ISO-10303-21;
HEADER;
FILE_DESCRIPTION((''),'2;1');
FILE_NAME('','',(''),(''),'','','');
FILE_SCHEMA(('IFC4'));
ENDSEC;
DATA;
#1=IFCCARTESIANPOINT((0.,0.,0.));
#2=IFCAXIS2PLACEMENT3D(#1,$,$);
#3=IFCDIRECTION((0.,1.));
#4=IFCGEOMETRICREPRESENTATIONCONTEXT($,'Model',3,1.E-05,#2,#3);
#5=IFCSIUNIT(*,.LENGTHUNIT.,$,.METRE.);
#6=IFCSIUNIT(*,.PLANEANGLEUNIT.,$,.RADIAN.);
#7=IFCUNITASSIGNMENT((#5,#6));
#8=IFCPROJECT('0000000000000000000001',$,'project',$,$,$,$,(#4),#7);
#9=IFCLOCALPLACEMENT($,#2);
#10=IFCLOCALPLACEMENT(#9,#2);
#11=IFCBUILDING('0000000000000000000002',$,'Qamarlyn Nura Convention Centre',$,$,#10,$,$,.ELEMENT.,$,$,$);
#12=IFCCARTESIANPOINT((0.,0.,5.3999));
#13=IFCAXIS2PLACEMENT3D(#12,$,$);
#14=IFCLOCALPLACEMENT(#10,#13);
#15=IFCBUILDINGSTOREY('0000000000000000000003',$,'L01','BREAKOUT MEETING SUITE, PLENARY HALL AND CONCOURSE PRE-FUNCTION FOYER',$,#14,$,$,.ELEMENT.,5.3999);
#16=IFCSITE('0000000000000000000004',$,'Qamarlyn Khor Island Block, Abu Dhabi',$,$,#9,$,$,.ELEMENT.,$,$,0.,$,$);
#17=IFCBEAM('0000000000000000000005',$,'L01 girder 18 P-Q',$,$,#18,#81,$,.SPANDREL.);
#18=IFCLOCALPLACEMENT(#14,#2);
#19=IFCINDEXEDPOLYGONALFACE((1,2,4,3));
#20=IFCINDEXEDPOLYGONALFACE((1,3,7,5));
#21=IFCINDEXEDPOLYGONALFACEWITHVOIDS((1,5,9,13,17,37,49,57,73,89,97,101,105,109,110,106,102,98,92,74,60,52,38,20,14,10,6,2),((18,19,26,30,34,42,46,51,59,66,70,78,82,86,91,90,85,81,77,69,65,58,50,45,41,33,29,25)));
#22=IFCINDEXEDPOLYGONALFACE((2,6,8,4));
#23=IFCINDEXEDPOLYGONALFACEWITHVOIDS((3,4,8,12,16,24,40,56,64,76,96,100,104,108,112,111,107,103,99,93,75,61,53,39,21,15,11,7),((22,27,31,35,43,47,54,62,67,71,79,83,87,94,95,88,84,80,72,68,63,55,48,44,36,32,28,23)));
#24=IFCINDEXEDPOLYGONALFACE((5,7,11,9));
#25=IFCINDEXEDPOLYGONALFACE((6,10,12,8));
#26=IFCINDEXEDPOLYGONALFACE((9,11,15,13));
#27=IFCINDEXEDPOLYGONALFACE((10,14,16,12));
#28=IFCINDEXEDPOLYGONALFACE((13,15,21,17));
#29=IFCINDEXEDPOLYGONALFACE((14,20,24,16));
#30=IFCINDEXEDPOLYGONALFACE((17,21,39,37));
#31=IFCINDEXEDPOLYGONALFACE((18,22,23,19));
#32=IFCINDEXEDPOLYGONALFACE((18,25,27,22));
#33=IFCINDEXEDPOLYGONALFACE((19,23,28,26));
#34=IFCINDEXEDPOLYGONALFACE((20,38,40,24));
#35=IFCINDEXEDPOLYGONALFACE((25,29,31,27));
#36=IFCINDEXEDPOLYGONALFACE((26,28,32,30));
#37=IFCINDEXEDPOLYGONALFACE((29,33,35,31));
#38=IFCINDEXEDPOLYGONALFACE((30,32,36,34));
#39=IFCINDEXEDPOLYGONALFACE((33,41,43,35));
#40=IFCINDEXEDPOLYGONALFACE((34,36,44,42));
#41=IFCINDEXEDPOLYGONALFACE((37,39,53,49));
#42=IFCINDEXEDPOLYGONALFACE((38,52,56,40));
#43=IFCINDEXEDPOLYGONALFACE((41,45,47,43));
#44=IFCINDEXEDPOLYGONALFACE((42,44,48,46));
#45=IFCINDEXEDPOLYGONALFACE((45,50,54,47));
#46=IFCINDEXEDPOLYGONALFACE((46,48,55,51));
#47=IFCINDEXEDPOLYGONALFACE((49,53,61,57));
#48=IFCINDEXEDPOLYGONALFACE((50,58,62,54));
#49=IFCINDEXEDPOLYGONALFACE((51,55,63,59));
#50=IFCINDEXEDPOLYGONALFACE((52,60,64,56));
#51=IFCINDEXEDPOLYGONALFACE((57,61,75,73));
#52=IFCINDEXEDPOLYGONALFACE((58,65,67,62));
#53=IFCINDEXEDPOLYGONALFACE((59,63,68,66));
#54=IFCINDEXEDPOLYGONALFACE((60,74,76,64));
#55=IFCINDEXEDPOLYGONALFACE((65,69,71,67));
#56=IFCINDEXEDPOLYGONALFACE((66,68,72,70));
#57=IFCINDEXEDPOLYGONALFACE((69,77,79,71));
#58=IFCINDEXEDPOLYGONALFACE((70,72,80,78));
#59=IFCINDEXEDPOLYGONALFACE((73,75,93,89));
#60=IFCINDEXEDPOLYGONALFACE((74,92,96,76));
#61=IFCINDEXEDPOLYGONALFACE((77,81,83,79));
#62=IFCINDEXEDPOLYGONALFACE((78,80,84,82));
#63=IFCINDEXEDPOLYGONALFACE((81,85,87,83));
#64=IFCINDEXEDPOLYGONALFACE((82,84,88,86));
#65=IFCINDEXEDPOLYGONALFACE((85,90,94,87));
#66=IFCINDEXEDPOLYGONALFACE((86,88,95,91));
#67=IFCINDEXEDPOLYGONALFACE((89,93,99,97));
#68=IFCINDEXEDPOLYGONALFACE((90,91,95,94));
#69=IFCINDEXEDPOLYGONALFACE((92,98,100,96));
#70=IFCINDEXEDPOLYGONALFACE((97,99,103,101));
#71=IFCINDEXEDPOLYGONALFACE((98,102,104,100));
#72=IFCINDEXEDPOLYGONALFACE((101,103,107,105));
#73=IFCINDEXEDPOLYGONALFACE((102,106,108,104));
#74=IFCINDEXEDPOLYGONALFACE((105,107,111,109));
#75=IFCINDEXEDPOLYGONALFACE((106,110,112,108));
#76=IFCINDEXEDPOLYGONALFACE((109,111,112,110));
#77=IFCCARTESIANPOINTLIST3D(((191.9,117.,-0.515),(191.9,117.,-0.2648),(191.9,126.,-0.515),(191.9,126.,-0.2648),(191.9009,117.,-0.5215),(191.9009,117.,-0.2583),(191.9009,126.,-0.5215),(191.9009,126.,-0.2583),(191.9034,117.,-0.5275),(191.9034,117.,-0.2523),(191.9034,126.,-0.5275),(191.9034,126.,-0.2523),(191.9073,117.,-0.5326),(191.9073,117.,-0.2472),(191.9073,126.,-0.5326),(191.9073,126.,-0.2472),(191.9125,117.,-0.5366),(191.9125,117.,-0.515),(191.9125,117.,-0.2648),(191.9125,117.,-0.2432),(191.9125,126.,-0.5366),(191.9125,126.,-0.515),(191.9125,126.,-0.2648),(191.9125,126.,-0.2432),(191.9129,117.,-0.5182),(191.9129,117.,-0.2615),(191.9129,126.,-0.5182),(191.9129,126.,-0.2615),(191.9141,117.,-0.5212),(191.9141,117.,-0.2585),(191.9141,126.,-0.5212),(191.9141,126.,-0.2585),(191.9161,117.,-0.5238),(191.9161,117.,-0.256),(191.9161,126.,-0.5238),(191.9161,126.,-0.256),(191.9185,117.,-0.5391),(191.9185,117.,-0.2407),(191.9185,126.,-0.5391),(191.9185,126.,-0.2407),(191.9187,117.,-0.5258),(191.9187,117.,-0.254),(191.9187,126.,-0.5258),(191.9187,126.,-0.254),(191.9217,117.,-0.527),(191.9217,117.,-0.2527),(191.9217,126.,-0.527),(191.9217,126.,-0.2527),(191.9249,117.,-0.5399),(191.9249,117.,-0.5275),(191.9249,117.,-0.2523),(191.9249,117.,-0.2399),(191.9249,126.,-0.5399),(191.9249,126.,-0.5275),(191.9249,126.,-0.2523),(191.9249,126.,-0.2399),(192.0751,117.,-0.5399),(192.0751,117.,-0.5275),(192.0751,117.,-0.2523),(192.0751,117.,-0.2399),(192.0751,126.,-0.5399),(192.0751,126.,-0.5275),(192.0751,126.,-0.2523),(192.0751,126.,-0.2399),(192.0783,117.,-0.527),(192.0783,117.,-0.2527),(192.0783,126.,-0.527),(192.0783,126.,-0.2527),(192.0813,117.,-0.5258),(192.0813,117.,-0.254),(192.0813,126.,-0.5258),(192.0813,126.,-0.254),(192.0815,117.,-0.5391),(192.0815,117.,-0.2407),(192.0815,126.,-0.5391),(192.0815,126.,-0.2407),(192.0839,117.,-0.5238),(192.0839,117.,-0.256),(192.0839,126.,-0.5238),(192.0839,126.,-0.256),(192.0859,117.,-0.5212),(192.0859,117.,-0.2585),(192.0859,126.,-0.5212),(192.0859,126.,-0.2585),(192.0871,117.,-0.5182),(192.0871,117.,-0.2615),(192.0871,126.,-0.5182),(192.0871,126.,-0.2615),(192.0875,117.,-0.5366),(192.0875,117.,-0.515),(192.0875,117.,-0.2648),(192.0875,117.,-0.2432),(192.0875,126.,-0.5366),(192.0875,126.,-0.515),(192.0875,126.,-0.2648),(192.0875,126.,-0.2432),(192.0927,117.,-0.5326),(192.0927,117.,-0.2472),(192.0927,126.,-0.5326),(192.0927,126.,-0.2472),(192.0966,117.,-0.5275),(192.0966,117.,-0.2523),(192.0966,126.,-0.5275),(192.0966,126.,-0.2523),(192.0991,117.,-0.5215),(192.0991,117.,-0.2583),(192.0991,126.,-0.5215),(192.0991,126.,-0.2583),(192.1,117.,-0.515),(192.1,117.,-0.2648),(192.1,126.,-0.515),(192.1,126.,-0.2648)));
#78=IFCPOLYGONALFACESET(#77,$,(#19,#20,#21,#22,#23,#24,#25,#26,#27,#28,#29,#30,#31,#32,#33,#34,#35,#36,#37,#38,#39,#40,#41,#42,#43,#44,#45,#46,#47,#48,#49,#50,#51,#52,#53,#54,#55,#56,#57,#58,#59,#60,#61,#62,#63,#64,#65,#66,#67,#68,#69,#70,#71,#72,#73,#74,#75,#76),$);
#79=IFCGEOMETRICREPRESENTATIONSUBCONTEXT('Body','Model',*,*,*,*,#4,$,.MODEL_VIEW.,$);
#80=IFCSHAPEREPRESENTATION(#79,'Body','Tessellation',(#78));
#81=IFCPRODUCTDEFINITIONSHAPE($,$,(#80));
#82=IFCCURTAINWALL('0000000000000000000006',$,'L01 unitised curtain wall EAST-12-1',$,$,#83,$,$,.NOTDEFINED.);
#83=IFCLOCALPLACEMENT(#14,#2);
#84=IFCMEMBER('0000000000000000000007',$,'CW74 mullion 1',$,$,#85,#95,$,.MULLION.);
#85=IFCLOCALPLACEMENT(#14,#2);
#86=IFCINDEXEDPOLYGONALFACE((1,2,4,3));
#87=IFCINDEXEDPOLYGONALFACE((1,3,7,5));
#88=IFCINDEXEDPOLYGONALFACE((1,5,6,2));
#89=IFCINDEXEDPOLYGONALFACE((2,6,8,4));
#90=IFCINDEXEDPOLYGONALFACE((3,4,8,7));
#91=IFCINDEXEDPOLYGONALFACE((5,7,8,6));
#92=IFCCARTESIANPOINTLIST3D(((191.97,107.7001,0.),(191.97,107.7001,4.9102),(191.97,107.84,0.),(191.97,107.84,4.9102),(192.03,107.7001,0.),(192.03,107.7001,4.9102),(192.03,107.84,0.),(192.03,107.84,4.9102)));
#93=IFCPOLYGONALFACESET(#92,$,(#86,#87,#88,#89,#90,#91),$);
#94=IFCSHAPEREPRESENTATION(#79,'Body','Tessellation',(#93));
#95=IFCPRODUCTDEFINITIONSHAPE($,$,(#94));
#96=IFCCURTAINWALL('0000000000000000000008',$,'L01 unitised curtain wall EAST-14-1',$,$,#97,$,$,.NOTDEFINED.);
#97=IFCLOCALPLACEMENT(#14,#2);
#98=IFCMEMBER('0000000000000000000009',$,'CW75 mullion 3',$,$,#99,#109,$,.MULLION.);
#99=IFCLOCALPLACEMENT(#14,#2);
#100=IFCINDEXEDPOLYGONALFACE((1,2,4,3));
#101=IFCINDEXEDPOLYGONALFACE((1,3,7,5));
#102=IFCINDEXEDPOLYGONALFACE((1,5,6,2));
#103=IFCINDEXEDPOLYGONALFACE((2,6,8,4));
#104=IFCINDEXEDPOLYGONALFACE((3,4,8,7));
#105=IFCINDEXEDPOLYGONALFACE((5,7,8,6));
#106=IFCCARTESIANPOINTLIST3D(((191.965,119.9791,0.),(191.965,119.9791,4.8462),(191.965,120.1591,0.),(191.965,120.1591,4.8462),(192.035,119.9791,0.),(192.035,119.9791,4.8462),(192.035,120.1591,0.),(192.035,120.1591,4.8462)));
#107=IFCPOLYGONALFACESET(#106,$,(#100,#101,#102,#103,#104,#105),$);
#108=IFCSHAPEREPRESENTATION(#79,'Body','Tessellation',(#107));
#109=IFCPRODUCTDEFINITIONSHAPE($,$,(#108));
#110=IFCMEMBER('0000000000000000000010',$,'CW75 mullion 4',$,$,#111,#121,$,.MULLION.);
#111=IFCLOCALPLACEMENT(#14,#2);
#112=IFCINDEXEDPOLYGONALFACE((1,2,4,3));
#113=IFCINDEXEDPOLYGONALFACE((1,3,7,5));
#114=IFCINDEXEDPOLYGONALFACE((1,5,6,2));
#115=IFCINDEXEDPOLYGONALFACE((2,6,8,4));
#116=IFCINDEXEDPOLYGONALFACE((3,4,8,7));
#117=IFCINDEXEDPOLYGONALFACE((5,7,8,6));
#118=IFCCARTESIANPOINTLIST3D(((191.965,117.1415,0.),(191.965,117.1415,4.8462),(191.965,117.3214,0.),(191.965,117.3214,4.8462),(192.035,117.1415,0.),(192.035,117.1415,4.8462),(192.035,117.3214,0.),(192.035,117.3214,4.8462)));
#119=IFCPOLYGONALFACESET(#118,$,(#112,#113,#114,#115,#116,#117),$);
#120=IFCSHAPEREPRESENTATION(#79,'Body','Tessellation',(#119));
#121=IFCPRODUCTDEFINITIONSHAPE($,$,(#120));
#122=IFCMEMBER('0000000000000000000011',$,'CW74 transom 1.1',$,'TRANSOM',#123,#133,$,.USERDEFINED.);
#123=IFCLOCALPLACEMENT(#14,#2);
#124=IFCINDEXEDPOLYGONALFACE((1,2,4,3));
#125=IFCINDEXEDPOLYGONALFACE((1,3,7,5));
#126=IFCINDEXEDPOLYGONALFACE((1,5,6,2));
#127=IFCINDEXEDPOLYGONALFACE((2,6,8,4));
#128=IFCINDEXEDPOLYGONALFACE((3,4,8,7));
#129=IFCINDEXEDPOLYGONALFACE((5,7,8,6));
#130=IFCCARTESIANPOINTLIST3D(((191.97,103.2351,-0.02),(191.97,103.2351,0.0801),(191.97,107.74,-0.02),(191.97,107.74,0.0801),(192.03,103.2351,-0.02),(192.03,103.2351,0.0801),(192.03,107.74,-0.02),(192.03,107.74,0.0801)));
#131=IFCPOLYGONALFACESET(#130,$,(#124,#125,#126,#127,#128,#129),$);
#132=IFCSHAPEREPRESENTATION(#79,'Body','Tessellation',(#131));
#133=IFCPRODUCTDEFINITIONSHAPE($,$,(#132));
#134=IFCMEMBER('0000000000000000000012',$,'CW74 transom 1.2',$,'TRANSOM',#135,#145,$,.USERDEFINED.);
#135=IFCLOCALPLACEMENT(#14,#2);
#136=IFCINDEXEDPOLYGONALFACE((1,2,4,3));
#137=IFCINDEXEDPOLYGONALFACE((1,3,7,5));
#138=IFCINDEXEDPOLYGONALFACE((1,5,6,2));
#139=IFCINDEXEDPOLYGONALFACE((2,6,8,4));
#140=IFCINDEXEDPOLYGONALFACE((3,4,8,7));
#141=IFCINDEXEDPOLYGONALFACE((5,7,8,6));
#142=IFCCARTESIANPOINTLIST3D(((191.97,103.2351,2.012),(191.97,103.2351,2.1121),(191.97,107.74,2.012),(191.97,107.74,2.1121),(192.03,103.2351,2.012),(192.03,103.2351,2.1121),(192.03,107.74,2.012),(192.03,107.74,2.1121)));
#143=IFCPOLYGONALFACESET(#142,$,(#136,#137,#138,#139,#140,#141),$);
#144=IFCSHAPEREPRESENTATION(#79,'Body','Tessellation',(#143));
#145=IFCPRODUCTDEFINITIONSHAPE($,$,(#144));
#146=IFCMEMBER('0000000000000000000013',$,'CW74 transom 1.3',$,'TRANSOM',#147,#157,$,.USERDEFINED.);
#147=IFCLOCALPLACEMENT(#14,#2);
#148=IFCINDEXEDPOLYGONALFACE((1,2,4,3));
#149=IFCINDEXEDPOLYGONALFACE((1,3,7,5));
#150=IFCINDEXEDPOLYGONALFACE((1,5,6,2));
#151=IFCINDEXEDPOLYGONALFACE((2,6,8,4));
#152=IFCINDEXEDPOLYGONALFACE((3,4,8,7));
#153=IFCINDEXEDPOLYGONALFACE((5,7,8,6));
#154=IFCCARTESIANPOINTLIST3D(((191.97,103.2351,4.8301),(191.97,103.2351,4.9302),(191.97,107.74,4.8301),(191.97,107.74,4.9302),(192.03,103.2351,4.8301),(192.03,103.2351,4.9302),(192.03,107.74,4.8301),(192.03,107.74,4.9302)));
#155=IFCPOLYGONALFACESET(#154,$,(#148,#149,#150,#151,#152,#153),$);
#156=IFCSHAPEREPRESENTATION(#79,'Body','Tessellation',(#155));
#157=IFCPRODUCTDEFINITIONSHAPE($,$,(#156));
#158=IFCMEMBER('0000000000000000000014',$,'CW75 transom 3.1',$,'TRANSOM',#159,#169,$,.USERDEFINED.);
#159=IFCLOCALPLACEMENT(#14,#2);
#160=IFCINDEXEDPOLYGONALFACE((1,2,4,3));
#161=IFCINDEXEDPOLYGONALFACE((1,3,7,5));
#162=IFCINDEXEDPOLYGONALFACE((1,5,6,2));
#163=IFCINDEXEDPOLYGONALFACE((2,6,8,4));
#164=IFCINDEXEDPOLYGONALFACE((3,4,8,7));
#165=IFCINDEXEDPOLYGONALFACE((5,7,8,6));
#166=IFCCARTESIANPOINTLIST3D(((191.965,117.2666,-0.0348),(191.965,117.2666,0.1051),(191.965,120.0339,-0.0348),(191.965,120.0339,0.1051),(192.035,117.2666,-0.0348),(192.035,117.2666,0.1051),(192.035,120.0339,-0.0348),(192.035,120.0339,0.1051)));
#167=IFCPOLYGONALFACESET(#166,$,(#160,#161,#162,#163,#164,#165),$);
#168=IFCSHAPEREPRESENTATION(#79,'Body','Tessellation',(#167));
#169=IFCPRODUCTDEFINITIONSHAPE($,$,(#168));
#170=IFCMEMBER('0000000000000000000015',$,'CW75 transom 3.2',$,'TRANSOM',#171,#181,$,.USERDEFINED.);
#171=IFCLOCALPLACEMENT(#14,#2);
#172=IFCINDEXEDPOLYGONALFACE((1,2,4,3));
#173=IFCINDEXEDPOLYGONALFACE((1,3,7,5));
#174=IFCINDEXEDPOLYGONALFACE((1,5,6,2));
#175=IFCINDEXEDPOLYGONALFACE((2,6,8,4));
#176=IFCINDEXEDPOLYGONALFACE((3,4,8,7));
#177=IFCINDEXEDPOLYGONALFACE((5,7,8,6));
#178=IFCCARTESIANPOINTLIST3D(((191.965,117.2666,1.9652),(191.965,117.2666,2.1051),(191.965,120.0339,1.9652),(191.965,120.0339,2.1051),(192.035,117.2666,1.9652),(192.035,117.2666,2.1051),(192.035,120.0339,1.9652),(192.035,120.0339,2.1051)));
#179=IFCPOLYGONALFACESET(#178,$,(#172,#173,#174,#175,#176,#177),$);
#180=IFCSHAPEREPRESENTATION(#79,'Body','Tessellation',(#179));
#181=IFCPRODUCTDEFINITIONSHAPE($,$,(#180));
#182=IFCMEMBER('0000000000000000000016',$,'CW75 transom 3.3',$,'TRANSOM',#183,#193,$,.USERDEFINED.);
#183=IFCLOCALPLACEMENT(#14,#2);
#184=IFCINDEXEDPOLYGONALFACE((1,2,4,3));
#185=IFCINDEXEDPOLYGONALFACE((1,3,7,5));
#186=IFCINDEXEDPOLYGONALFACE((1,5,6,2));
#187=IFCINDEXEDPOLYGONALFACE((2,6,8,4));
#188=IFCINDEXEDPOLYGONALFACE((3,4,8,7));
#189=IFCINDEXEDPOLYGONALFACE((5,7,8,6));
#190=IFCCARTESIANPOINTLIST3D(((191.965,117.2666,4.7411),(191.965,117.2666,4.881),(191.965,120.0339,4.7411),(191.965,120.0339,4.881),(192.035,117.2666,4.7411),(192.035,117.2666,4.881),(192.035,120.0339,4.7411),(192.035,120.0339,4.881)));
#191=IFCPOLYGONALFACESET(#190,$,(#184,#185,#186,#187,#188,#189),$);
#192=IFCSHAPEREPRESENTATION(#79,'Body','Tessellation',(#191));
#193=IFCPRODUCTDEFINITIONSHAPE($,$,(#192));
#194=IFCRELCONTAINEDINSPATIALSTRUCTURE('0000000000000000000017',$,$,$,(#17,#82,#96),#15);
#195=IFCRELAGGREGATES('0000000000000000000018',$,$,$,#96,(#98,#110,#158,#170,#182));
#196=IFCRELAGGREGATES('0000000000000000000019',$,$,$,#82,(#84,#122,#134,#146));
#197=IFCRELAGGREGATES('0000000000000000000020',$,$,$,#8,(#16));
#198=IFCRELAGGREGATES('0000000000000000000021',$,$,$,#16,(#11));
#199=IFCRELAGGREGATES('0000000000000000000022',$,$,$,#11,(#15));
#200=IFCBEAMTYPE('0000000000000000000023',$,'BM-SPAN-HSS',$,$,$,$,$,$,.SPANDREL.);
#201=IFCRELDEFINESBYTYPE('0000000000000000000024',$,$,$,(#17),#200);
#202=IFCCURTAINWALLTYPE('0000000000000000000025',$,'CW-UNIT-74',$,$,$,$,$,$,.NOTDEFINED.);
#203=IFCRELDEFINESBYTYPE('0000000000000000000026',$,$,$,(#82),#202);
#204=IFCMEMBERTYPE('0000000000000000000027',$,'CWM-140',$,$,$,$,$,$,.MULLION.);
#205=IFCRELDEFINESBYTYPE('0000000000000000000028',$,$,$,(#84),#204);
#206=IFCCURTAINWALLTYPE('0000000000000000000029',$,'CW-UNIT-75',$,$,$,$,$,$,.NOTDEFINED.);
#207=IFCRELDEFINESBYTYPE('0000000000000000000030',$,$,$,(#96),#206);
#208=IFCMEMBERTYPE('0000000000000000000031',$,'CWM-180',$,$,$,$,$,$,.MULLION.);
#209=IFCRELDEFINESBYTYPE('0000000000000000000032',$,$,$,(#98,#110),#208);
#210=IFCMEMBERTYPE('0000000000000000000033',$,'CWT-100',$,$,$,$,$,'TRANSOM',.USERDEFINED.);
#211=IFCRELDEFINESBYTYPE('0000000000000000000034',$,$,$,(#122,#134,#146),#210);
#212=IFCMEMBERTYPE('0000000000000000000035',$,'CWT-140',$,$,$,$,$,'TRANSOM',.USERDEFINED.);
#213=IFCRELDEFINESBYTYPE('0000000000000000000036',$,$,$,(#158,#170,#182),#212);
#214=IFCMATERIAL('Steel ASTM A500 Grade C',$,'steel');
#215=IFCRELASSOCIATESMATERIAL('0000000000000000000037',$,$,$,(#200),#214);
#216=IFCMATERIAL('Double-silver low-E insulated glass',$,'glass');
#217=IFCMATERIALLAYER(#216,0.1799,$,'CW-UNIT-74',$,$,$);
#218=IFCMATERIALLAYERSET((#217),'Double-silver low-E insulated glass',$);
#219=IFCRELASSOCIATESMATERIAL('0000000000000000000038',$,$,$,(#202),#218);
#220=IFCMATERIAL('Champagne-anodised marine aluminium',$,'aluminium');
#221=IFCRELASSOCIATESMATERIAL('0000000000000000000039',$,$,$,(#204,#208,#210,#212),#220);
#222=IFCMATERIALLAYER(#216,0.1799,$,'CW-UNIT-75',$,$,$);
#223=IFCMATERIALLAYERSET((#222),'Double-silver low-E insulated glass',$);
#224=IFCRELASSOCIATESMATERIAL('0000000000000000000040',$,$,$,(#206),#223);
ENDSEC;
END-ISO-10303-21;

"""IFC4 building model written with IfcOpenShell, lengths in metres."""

from ifc_helpers import new_model, si_unit, direction, frame, origin, origin_2d, place, context, subcontext, project, spatial, rectangle, hollow_rectangle, extrude, material, layer, layer_set, material_profile, profile_set, type_object, element, aggregate, save


model = new_model("IFC4")

# Units and contexts
model_context = context("Model", 3, precision=1e-05, world=origin(), true_north=direction((0.0, 1.0)))
body_context = subcontext(model_context, "Body", "Model", "MODEL_VIEW")
ifc_project = project(units=[si_unit("LENGTHUNIT", "METRE"), si_unit("PLANEANGLEUNIT", "RADIAN")], contexts=[model_context])

# Site, building, storey
site_placement = place(None, origin())
site = spatial("IfcSite", under=ifc_project, at=site_placement, Name="Qamarlyn Khor Island Block, Abu Dhabi", CompositionType="ELEMENT", RefElevation=0.0)
building_placement = place(site_placement, origin())
building = spatial("IfcBuilding", under=site, at=building_placement, Name="Qamarlyn Nura Convention Centre", CompositionType="ELEMENT")
storey_placement = place(building_placement, frame((0.0, 0.0, 5.3999)))
storey = spatial("IfcBuildingStorey", under=building, at=storey_placement, Name="L01", Description="BREAKOUT MEETING SUITE, PLENARY HALL AND CONCOURSE PRE-FUNCTION FOYER", CompositionType="ELEMENT", Elevation=5.3999)

# Shared definitions
ifc_material_1 = material(Name="Steel ASTM A500 Grade C", Category="steel")

# Beam
ifc_material_profile_1 = material_profile(ifc_material_1, hollow_rectangle(XDim=0.2, YDim=0.3, WallThickness=0.0125, InnerFilletRadius=0.0125, OuterFilletRadius=0.0249, at=origin_2d()), Name="HSS300X200X12.5")
ifc_profile_set_1 = profile_set([ifc_material_profile_1], Name="Steel ASTM A500 Grade C")
beam_type_1 = type_object("IfcBeamType", Name="BM-SPAN-HSS", PredefinedType="SPANDREL", material=ifc_profile_set_1)
beam_1_placement = place(storey_placement, frame((192.0, 117.0, -0.3899), z_axis=(0.0, 1.0, 0.0), x_axis=(-1.0, 0.0, 0.0)))
element("IfcBeam", 1, at=beam_1_placement, inside=storey, type_object=beam_type_1, Name="L01 girder 18 P-Q", PredefinedType="SPANDREL", context=body_context, shape_type="SweptSolid", body=[
    extrude(hollow_rectangle(XDim=0.2, YDim=0.3, WallThickness=0.0125, InnerFilletRadius=0.0125, OuterFilletRadius=0.0249, at=origin_2d()), origin(), (0.0, 0.0, 1.0), 9.0),
])

# Curtain wall, member
ifc_material_2 = material(Name="Double-silver low-E insulated glass", Category="glass")
ifc_layer_1 = layer(ifc_material_2, 0.1799, Name="CW-UNIT-74")
ifc_layer_set_1 = layer_set([ifc_layer_1], Name="Double-silver low-E insulated glass")
curtain_wall_type_1 = type_object("IfcCurtainWallType", Name="CW-UNIT-74", PredefinedType="NOTDEFINED", material=ifc_layer_set_1)
curtain_wall_1_placement = place(storey_placement, origin())
curtain_wall_1 = element("IfcCurtainWall", 2, at=curtain_wall_1_placement, inside=storey, type_object=curtain_wall_type_1, Name="L01 unitised curtain wall EAST-12-1", PredefinedType="NOTDEFINED")
ifc_material_3 = material(Name="Champagne-anodised marine aluminium", Category="aluminium")
ifc_material_profile_2 = material_profile(ifc_material_3, rectangle(XDim=0.0601, YDim=0.1399, at=origin_2d()), Name="ALU MULLION 60x140")
ifc_profile_set_2 = profile_set([ifc_material_profile_2], Name="Champagne-anodised marine aluminium")
member_type_1 = type_object("IfcMemberType", Name="CWM-140", PredefinedType="MULLION", material=ifc_profile_set_2)
member_1_placement = place(storey_placement, frame((192.0, 107.77, 0.0), z_axis=(0.0, 0.0, 1.0), x_axis=(1.0, 0.0, 0.0)))
member_1 = element("IfcMember", 3, at=member_1_placement, type_object=member_type_1, Name="CW74 mullion 1", PredefinedType="MULLION", context=body_context, shape_type="SweptSolid", body=[
    extrude(rectangle(XDim=0.0601, YDim=0.1399, at=origin_2d()), origin(), (0.0, 0.0, 1.0), 4.9102),
])

# Curtain wall, members
ifc_layer_2 = layer(ifc_material_2, 0.1799, Name="CW-UNIT-75")
ifc_layer_set_2 = layer_set([ifc_layer_2], Name="Double-silver low-E insulated glass")
curtain_wall_type_2 = type_object("IfcCurtainWallType", Name="CW-UNIT-75", PredefinedType="NOTDEFINED", material=ifc_layer_set_2)
curtain_wall_2_placement = place(storey_placement, origin())
curtain_wall_2 = element("IfcCurtainWall", 4, at=curtain_wall_2_placement, inside=storey, type_object=curtain_wall_type_2, Name="L01 unitised curtain wall EAST-14-1", PredefinedType="NOTDEFINED")
ifc_material_profile_3 = material_profile(ifc_material_3, rectangle(XDim=0.0701, YDim=0.1799, at=origin_2d()), Name="ALU MULLION 70x180")
ifc_profile_set_3 = profile_set([ifc_material_profile_3], Name="Champagne-anodised marine aluminium")
member_type_2 = type_object("IfcMemberType", Name="CWM-180", PredefinedType="MULLION", material=ifc_profile_set_3)
member_2_placement = place(storey_placement, frame((192.0, 120.0691, 0.0), z_axis=(0.0, 0.0, 1.0), x_axis=(1.0, 0.0, 0.0)))
member_2 = element("IfcMember", 5, at=member_2_placement, type_object=member_type_2, Name="CW75 mullion 3", PredefinedType="MULLION", context=body_context, shape_type="SweptSolid", body=[
    extrude(rectangle(XDim=0.0701, YDim=0.1799, at=origin_2d()), origin(), (0.0, 0.0, 1.0), 4.8462),
])
member_3_placement = place(storey_placement, frame((192.0, 117.2314, 0.0), z_axis=(0.0, 0.0, 1.0), x_axis=(1.0, 0.0, 0.0)))
member_3 = element("IfcMember", 6, at=member_3_placement, type_object=member_type_2, Name="CW75 mullion 4", PredefinedType="MULLION", context=body_context, shape_type="SweptSolid", body=[
    extrude(rectangle(XDim=0.0701, YDim=0.1799, at=origin_2d()), origin(), (0.0, 0.0, 1.0), 4.8462),
])

# Members
ifc_material_profile_4 = material_profile(ifc_material_3, rectangle(XDim=0.0601, YDim=0.1001, at=origin_2d()), Name="ALU TRANSOM 60x100")
ifc_profile_set_4 = profile_set([ifc_material_profile_4], Name="Champagne-anodised marine aluminium")
member_type_3 = type_object("IfcMemberType", Name="CWT-100", ElementType="TRANSOM", PredefinedType="USERDEFINED", material=ifc_profile_set_4)
member_4_placement = place(storey_placement, frame((192.0, 107.74, 0.03), z_axis=(0.0, -1.0, 0.0), x_axis=(1.0, 0.0, 0.0)))
member_4 = element("IfcMember", 7, at=member_4_placement, type_object=member_type_3, Name="CW74 transom 1.1", ObjectType="TRANSOM", PredefinedType="USERDEFINED", context=body_context, shape_type="SweptSolid", body=[
    extrude(rectangle(XDim=0.0601, YDim=0.1001, at=origin_2d()), origin(), (0.0, 0.0, 1.0), 4.5049),
])
member_5_placement = place(storey_placement, frame((192.0, 107.74, 2.062), z_axis=(0.0, -1.0, 0.0), x_axis=(1.0, 0.0, 0.0)))
member_5 = element("IfcMember", 8, at=member_5_placement, type_object=member_type_3, Name="CW74 transom 1.2", ObjectType="TRANSOM", PredefinedType="USERDEFINED", context=body_context, shape_type="SweptSolid", body=[
    extrude(rectangle(XDim=0.0601, YDim=0.1001, at=origin_2d()), origin(), (0.0, 0.0, 1.0), 4.5049),
])
member_6_placement = place(storey_placement, frame((192.0, 107.74, 4.8801), z_axis=(0.0, -1.0, 0.0), x_axis=(1.0, 0.0, 0.0)))
member_6 = element("IfcMember", 9, at=member_6_placement, type_object=member_type_3, Name="CW74 transom 1.3", ObjectType="TRANSOM", PredefinedType="USERDEFINED", context=body_context, shape_type="SweptSolid", body=[
    extrude(rectangle(XDim=0.0601, YDim=0.1001, at=origin_2d()), origin(), (0.0, 0.0, 1.0), 4.5049),
])
ifc_material_profile_5 = material_profile(ifc_material_3, rectangle(XDim=0.0701, YDim=0.1399, at=origin_2d()), Name="ALU TRANSOM 70x140")
ifc_profile_set_5 = profile_set([ifc_material_profile_5], Name="Champagne-anodised marine aluminium")
member_type_4 = type_object("IfcMemberType", Name="CWT-140", ElementType="TRANSOM", PredefinedType="USERDEFINED", material=ifc_profile_set_5)
member_7_placement = place(storey_placement, frame((192.0, 120.0339, 0.0352), z_axis=(0.0, -1.0, 0.0), x_axis=(1.0, 0.0, 0.0)))
member_7 = element("IfcMember", 10, at=member_7_placement, type_object=member_type_4, Name="CW75 transom 3.1", ObjectType="TRANSOM", PredefinedType="USERDEFINED", context=body_context, shape_type="SweptSolid", body=[
    extrude(rectangle(XDim=0.0701, YDim=0.1399, at=origin_2d()), origin(), (0.0, 0.0, 1.0), 2.7673),
])
member_8_placement = place(storey_placement, frame((192.0, 120.0339, 2.0352), z_axis=(0.0, -1.0, 0.0), x_axis=(1.0, 0.0, 0.0)))
member_8 = element("IfcMember", 11, at=member_8_placement, type_object=member_type_4, Name="CW75 transom 3.2", ObjectType="TRANSOM", PredefinedType="USERDEFINED", context=body_context, shape_type="SweptSolid", body=[
    extrude(rectangle(XDim=0.0701, YDim=0.1399, at=origin_2d()), origin(), (0.0, 0.0, 1.0), 2.7673),
])
member_9_placement = place(storey_placement, frame((192.0, 120.0339, 4.811), z_axis=(0.0, -1.0, 0.0), x_axis=(1.0, 0.0, 0.0)))
member_9 = element("IfcMember", 12, at=member_9_placement, type_object=member_type_4, Name="CW75 transom 3.3", ObjectType="TRANSOM", PredefinedType="USERDEFINED", context=body_context, shape_type="SweptSolid", body=[
    extrude(rectangle(XDim=0.0701, YDim=0.1399, at=origin_2d()), origin(), (0.0, 0.0, 1.0), 2.7673),
])

aggregate(curtain_wall_2, [member_2, member_3, member_7, member_8, member_9])
aggregate(curtain_wall_1, [member_1, member_4, member_5, member_6])

save(model, "model.ifc")
